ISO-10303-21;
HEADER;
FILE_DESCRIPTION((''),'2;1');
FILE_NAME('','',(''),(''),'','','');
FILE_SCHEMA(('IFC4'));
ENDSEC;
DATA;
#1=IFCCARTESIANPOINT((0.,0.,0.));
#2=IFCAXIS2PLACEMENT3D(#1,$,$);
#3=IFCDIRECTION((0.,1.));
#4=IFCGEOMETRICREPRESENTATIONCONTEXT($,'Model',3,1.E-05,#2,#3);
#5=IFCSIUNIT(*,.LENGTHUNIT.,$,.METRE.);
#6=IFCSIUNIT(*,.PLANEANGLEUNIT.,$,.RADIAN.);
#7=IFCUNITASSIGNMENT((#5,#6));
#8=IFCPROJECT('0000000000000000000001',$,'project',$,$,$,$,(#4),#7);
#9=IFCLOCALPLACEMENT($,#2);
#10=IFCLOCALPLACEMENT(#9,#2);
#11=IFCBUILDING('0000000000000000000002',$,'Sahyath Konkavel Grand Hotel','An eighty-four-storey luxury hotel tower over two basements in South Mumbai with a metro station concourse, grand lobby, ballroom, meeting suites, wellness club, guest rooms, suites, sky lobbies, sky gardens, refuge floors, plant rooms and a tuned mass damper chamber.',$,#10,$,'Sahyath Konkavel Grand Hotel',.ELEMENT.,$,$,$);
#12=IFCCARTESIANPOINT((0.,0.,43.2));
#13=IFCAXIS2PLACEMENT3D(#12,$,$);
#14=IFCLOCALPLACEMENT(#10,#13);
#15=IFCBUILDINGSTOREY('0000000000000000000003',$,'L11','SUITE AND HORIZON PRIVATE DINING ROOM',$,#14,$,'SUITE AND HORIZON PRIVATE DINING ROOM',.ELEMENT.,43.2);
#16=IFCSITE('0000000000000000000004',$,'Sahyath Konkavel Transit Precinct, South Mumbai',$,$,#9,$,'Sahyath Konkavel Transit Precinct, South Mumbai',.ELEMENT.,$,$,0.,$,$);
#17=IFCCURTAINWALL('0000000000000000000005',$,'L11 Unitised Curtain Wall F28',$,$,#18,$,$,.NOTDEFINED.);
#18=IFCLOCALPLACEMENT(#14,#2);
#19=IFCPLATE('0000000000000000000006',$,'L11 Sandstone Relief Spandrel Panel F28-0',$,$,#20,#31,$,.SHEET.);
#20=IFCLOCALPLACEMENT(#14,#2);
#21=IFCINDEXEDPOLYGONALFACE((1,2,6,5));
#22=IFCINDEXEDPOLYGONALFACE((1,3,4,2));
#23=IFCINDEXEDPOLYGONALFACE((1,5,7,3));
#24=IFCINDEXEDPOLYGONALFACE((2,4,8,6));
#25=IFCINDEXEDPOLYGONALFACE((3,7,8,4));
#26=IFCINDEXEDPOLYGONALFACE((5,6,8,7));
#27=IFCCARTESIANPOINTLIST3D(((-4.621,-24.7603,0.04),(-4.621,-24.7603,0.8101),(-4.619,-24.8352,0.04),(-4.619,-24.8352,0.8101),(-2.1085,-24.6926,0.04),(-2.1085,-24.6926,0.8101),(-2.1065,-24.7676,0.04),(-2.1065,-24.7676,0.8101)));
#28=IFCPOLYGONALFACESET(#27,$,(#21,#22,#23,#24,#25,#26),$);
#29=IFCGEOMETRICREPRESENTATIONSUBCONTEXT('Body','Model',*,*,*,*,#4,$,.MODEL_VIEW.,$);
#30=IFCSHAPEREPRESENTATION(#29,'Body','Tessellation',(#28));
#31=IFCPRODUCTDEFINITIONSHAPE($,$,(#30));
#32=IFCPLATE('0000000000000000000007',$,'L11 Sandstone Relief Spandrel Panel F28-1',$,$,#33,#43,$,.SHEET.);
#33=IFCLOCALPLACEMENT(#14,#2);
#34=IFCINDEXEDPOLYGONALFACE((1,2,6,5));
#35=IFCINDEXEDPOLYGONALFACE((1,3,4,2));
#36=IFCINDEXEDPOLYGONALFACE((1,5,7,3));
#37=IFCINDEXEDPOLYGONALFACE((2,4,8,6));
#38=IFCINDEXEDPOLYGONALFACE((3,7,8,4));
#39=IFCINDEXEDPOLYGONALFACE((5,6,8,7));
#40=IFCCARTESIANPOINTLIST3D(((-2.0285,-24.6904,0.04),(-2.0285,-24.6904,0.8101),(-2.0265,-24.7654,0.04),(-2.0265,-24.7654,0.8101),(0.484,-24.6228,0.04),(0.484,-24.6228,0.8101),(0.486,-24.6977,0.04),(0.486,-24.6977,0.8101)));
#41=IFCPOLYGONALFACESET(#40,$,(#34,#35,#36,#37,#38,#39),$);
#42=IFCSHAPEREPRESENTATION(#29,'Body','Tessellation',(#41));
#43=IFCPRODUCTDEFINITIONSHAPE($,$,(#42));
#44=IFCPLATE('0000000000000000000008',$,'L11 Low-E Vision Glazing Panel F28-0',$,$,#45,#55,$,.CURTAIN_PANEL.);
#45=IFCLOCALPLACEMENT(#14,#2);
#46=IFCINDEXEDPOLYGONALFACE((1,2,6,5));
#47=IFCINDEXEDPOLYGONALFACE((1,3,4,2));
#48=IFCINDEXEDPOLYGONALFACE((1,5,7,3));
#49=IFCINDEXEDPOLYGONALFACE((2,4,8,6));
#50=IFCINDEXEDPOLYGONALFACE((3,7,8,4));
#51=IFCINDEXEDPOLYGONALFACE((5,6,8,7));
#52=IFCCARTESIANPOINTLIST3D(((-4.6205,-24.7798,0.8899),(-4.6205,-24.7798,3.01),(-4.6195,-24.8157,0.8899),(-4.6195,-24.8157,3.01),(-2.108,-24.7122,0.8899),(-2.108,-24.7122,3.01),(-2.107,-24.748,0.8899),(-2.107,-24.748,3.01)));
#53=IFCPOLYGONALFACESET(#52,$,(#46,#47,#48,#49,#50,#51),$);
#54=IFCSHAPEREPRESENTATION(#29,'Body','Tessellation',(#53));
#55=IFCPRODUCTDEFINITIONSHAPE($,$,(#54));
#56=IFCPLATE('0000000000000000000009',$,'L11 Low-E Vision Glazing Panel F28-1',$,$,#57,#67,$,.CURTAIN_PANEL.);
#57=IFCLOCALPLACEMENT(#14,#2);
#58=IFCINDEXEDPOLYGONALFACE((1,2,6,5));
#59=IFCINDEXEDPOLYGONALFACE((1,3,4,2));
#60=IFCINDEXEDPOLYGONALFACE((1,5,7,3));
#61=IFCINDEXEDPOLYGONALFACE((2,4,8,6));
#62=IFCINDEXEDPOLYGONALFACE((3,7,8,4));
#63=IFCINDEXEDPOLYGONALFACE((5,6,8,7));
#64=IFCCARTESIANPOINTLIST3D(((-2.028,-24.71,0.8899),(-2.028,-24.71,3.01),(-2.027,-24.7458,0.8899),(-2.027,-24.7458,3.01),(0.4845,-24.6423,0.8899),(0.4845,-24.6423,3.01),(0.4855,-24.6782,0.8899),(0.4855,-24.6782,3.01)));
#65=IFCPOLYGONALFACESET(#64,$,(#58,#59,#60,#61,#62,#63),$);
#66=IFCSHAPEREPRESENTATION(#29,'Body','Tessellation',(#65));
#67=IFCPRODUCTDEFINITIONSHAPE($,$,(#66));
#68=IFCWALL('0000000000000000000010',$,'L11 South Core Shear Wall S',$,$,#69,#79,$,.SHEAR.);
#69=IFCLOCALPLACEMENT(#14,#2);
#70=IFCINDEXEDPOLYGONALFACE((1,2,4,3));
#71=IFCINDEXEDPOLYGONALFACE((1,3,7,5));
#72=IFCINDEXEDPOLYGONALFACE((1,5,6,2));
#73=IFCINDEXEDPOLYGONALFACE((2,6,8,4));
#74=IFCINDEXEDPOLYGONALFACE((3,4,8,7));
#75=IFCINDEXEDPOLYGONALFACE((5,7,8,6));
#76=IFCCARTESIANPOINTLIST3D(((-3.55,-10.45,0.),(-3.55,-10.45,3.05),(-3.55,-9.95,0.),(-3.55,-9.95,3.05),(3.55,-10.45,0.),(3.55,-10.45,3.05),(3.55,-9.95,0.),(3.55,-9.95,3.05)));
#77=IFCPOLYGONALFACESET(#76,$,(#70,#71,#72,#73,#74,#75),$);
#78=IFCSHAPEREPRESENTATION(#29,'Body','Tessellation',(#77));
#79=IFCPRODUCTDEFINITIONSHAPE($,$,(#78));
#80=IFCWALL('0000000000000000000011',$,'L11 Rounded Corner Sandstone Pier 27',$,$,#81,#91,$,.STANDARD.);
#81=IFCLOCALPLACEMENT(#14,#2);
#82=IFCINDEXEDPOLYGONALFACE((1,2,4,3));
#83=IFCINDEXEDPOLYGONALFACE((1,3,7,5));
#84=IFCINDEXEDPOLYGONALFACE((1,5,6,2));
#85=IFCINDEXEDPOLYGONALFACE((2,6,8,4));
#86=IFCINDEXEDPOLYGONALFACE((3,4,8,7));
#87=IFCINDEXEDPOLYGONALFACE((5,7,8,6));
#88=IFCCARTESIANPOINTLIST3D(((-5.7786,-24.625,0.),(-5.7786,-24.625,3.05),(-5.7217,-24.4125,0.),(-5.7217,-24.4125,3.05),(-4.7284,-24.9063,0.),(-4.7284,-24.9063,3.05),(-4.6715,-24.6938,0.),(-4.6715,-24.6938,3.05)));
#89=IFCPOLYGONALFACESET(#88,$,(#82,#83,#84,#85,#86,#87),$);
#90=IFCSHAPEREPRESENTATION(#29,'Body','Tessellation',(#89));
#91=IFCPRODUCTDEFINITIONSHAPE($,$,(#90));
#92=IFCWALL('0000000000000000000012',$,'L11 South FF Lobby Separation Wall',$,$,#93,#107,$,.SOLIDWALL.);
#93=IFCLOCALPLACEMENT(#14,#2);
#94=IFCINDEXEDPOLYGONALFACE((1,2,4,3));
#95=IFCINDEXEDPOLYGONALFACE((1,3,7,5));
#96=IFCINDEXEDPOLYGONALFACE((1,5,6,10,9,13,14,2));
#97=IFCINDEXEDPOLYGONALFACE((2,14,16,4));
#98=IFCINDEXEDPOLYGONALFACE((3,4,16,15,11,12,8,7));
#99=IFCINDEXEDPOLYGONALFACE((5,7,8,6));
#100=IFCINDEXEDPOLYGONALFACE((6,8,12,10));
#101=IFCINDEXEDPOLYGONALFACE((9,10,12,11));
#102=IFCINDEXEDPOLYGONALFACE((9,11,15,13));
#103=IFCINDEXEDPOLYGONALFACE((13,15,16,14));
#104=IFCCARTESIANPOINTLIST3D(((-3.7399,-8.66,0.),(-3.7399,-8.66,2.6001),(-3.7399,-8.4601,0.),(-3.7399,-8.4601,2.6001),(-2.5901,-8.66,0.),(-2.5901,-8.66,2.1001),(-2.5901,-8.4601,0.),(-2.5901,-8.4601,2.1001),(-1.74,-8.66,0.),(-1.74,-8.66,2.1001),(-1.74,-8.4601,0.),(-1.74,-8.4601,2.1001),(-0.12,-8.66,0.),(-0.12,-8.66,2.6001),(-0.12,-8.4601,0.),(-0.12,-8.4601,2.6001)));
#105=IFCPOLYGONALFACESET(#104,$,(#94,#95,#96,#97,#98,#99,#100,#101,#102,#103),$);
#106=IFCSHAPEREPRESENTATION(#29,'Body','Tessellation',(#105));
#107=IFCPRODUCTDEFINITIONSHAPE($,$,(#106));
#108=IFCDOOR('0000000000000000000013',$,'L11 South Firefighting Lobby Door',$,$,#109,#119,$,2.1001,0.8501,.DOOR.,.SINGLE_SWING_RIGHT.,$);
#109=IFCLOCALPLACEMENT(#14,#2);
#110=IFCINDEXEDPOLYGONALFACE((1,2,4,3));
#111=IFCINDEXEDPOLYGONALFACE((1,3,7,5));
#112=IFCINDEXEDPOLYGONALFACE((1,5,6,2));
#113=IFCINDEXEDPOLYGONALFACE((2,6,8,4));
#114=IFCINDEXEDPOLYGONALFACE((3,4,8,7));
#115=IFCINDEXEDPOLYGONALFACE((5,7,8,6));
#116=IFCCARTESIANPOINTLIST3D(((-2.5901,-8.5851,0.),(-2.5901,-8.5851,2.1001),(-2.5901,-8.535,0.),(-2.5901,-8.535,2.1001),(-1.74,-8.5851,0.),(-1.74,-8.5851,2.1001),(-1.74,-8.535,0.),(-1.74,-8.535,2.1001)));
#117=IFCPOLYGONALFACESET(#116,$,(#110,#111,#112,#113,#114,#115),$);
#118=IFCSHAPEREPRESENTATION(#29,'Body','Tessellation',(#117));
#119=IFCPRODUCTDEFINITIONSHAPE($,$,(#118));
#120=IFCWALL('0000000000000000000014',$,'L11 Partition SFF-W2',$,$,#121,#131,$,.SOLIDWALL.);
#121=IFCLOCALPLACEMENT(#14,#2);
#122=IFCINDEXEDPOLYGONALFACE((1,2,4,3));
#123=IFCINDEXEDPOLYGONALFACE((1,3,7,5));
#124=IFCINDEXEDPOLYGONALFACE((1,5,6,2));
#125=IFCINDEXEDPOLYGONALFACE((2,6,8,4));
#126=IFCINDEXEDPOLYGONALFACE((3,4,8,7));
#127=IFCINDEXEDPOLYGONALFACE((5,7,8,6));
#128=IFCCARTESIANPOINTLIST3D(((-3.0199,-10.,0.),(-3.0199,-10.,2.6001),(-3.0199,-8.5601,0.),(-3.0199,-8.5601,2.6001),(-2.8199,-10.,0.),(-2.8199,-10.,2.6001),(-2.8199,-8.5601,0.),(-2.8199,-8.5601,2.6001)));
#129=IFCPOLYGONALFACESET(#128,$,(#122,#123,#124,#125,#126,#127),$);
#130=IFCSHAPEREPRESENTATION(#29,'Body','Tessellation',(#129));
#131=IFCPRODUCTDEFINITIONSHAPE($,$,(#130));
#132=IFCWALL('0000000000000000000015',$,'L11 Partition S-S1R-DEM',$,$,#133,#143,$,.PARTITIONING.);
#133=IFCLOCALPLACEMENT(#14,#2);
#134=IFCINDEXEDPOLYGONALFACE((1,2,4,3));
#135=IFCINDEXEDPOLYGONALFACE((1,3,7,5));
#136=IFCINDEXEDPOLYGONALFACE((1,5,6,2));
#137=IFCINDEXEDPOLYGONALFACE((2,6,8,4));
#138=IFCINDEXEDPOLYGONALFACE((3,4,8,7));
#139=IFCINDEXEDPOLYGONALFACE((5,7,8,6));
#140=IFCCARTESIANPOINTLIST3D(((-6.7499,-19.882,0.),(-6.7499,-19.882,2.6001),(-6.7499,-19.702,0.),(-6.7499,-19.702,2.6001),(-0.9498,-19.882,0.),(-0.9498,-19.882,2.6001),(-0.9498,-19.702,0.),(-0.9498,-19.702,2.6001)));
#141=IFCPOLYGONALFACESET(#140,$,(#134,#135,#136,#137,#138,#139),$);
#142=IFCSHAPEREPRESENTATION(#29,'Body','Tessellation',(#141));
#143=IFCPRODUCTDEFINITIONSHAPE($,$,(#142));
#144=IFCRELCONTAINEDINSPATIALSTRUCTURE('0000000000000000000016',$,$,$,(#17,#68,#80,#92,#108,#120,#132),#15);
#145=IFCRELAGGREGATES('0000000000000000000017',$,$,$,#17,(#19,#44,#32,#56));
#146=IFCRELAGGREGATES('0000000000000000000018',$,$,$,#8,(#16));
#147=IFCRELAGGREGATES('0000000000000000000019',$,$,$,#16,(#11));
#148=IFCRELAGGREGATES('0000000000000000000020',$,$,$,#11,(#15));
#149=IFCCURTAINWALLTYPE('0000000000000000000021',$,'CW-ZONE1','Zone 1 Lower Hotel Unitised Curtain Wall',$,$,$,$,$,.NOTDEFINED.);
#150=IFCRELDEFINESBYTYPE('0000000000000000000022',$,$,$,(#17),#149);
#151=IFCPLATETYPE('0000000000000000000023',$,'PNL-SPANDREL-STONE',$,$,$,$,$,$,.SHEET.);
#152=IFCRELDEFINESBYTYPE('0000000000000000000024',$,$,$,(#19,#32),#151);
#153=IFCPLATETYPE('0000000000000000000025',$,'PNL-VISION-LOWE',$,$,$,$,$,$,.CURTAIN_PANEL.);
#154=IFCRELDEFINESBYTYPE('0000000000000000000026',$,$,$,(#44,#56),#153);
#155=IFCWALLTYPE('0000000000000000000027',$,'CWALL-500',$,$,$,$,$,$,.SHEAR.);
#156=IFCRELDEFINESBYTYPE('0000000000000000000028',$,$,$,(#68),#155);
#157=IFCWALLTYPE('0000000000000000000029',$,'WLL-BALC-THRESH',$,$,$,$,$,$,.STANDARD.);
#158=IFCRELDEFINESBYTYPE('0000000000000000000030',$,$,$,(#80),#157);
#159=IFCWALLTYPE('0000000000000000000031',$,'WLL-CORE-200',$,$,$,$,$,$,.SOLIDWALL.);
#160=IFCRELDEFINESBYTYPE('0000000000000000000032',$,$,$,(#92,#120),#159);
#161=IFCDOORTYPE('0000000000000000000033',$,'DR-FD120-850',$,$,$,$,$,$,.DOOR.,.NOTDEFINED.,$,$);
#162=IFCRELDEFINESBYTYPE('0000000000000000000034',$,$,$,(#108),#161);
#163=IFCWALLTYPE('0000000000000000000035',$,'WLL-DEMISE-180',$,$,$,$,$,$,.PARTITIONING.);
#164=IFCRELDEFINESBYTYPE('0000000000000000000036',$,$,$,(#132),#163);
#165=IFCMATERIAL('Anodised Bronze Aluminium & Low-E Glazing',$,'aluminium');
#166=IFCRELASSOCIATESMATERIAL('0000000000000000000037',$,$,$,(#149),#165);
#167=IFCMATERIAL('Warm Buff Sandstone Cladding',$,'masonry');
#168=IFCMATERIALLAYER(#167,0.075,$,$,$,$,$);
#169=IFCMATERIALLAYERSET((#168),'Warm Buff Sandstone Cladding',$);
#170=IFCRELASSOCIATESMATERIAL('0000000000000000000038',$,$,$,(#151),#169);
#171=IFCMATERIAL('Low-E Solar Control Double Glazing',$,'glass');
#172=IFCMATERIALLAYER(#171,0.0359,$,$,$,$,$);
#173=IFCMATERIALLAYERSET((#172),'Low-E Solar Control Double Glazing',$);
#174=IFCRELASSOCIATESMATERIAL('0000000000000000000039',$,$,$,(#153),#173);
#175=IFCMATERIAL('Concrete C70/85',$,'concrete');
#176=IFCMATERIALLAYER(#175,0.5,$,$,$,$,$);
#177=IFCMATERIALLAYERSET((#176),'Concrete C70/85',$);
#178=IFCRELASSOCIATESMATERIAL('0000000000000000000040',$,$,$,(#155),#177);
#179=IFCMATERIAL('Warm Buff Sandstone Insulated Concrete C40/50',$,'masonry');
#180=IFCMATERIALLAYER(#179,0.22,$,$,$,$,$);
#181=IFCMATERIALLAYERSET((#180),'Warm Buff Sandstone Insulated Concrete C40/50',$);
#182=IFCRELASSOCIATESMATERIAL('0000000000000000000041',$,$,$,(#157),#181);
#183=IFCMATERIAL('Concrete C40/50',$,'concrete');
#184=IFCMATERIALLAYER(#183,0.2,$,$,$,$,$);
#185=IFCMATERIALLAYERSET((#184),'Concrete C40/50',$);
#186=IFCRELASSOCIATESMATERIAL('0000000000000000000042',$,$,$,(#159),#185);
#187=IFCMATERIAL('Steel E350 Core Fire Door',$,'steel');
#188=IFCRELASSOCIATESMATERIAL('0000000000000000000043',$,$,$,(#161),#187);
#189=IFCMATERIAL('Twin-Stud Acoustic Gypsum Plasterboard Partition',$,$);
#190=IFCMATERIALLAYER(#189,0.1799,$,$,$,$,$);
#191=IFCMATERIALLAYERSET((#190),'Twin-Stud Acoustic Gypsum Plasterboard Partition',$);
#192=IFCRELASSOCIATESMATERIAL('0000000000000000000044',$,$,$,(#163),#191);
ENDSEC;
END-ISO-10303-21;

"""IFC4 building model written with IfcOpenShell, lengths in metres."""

from ifc_helpers import new_model, si_unit, direction, frame, frame_2d, origin, origin_2d, place, context, subcontext, project, spatial, rectangle, extrude, source, transform, mapped, material, layer, layer_set, type_object, element, fill, aggregate, save


model = new_model("IFC4")

# Units and contexts
model_context = context("Model", 3, precision=1e-05, world=origin(), true_north=direction((0.0, 1.0)))
body_context = subcontext(model_context, "Body", "Model", "MODEL_VIEW")
ifc_project = project(units=[si_unit("LENGTHUNIT", "METRE"), si_unit("PLANEANGLEUNIT", "RADIAN")], contexts=[model_context])

# Site, building, storey
site_placement = place(None, origin())
site = spatial("IfcSite", under=ifc_project, at=site_placement, Name="Sahyath Konkavel Transit Precinct, South Mumbai", LongName="Sahyath Konkavel Transit Precinct, South Mumbai", CompositionType="ELEMENT", RefElevation=0.0)
building_placement = place(site_placement, origin())
building = spatial("IfcBuilding", under=site, at=building_placement, Name="Sahyath Konkavel Grand Hotel", Description="An eighty-four-storey luxury hotel tower over two basements in South Mumbai with a metro station concourse, grand lobby, ballroom, meeting suites, wellness club, guest rooms, suites, sky lobbies, sky gardens, refuge floors, plant rooms and a tuned mass damper chamber.", LongName="Sahyath Konkavel Grand Hotel", CompositionType="ELEMENT")
storey_placement = place(building_placement, frame((0.0, 0.0, 43.2)))
storey = spatial("IfcBuildingStorey", under=building, at=storey_placement, Name="L11", Description="SUITE AND HORIZON PRIVATE DINING ROOM", LongName="SUITE AND HORIZON PRIVATE DINING ROOM", CompositionType="ELEMENT", Elevation=43.2)

# Shared definitions
ifc_material_1 = material(Name="Concrete C70/85", Category="concrete")

# Curtain wall, plates
ifc_material_2 = material(Name="Anodised Bronze Aluminium & Low-E Glazing", Category="aluminium")
curtain_wall_type = type_object("IfcCurtainWallType", Name="CW-ZONE1", Description="Zone 1 Lower Hotel Unitised Curtain Wall", PredefinedType="NOTDEFINED", material=ifc_material_2)
curtain_wall_placement = place(storey_placement, origin())
curtain_wall = element("IfcCurtainWall", 1, at=curtain_wall_placement, inside=storey, type_object=curtain_wall_type, Name="L11 Unitised Curtain Wall F28", PredefinedType="NOTDEFINED")
ifc_material_3 = material(Name="Warm Buff Sandstone Cladding", Category="masonry")
ifc_layer_1 = layer(ifc_material_3, 0.075)
ifc_layer_set_1 = layer_set([ifc_layer_1], Name="Warm Buff Sandstone Cladding")
plate_type_1 = type_object("IfcPlateType", Name="PNL-SPANDREL-STONE", PredefinedType="SHEET", material=ifc_layer_set_1)
shared_shape_1 = source(origin(), body_context, "Body", "SweptSolid", [
    extrude(rectangle(XDim=2.5134, YDim=0.075, at=origin_2d()), origin(), (0.0, 0.0, 1.0), 0.77),
])
plate_1_placement = place(storey_placement, frame((-3.3638, -24.7639, 0.04), z_axis=(0.0, 0.0, 1.0), x_axis=(0.999638, 0.02691, 0.0)))
plate_1 = element("IfcPlate", 2, at=plate_1_placement, type_object=plate_type_1, Name="L11 Sandstone Relief Spandrel Panel F28-0", PredefinedType="SHEET", context=body_context, shape_type="MappedRepresentation", body=[
    mapped(shared_shape_1, transform((0.0, 0.0, 0.0), scale=1.0)),
])
plate_2_placement = place(storey_placement, frame((-0.7712, -24.6941, 0.04), z_axis=(0.0, 0.0, 1.0), x_axis=(0.999638, 0.02691, 0.0)))
plate_2 = element("IfcPlate", 3, at=plate_2_placement, type_object=plate_type_1, Name="L11 Sandstone Relief Spandrel Panel F28-1", PredefinedType="SHEET", context=body_context, shape_type="MappedRepresentation", body=[
    mapped(shared_shape_1, transform((0.0, 0.0, 0.0), scale=1.0)),
])
ifc_material_4 = material(Name="Low-E Solar Control Double Glazing", Category="glass")
ifc_layer_2 = layer(ifc_material_4, 0.0359)
ifc_layer_set_2 = layer_set([ifc_layer_2], Name="Low-E Solar Control Double Glazing")
plate_type_2 = type_object("IfcPlateType", Name="PNL-VISION-LOWE", PredefinedType="CURTAIN_PANEL", material=ifc_layer_set_2)
shared_shape_2 = source(origin(), body_context, "Body", "SweptSolid", [
    extrude(rectangle(XDim=2.5134, YDim=0.0359, at=origin_2d()), origin(), (0.0, 0.0, 1.0), 2.1201),
])
plate_3_placement = place(storey_placement, frame((-3.3638, -24.7639, 0.8899), z_axis=(0.0, 0.0, 1.0), x_axis=(0.999638, 0.02691, 0.0)))
plate_3 = element("IfcPlate", 4, at=plate_3_placement, type_object=plate_type_2, Name="L11 Low-E Vision Glazing Panel F28-0", PredefinedType="CURTAIN_PANEL", context=body_context, shape_type="MappedRepresentation", body=[
    mapped(shared_shape_2, transform((0.0, 0.0, 0.0), scale=1.0)),
])
plate_4_placement = place(storey_placement, frame((-0.7712, -24.6941, 0.8899), z_axis=(0.0, 0.0, 1.0), x_axis=(0.999638, 0.02691, 0.0)))
plate_4 = element("IfcPlate", 5, at=plate_4_placement, type_object=plate_type_2, Name="L11 Low-E Vision Glazing Panel F28-1", PredefinedType="CURTAIN_PANEL", context=body_context, shape_type="MappedRepresentation", body=[
    mapped(shared_shape_2, transform((0.0, 0.0, 0.0), scale=1.0)),
])
aggregate(curtain_wall, [plate_1, plate_3, plate_2, plate_4])

# Walls
ifc_layer_3 = layer(ifc_material_1, 0.5)
ifc_layer_set_3 = layer_set([ifc_layer_3], Name="Concrete C70/85")
wall_type_1 = type_object("IfcWallType", Name="CWALL-500", PredefinedType="SHEAR", material=ifc_layer_set_3)
wall_1_placement = place(storey_placement, frame((-3.55, -10.2, 0.0), z_axis=(0.0, 0.0, 1.0), x_axis=(1.0, 0.0, 0.0)))
element("IfcWall", 6, at=wall_1_placement, inside=storey, type_object=wall_type_1, Name="L11 South Core Shear Wall S", PredefinedType="SHEAR", context=body_context, shape_type="SweptSolid", body=[
    extrude(rectangle(XDim=7.1001, YDim=0.5, at=frame_2d((3.55, 0.0))), origin(), (0.0, 0.0, 1.0), 3.05),
])
ifc_material_5 = material(Name="Warm Buff Sandstone Insulated Concrete C40/50", Category="masonry")
ifc_layer_4 = layer(ifc_material_5, 0.22)
ifc_layer_set_4 = layer_set([ifc_layer_4], Name="Warm Buff Sandstone Insulated Concrete C40/50")
wall_type_2 = type_object("IfcWallType", Name="WLL-BALC-THRESH", PredefinedType="STANDARD", material=ifc_layer_set_4)
wall_2_placement = place(storey_placement, frame((-5.75, -24.5188, 0.0), z_axis=(0.0, 0.0, 1.0), x_axis=(0.965951, -0.258725, 0.0)))
element("IfcWall", 7, at=wall_2_placement, inside=storey, type_object=wall_type_2, Name="L11 Rounded Corner Sandstone Pier 27", PredefinedType="STANDARD", context=body_context, shape_type="SweptSolid", body=[
    extrude(rectangle(XDim=1.0872, YDim=0.22, at=frame_2d((0.5435, 0.0))), origin(), (0.0, 0.0, 1.0), 3.05),
])

# Wall, opening, door
ifc_material_6 = material(Name="Concrete C40/50", Category="concrete")
ifc_layer_5 = layer(ifc_material_6, 0.2)
ifc_layer_set_5 = layer_set([ifc_layer_5], Name="Concrete C40/50")
wall_type_3 = type_object("IfcWallType", Name="WLL-CORE-200", PredefinedType="SOLIDWALL", material=ifc_layer_set_5)
wall_3_placement = place(storey_placement, frame((-3.74, -8.5601, 0.0), z_axis=(0.0, 0.0, 1.0), x_axis=(1.0, 0.0, 0.0)))
wall_3 = element("IfcWall", 8, at=wall_3_placement, inside=storey, type_object=wall_type_3, Name="L11 South FF Lobby Separation Wall", PredefinedType="SOLIDWALL", context=body_context, shape_type="SweptSolid", body=[
    extrude(rectangle(XDim=3.6199, YDim=0.2, at=frame_2d((1.8101, 0.0))), origin(), (0.0, 0.0, 1.0), 2.6001),
])
opening_1_placement = place(wall_3_placement, frame((1.1499, 0.0, 0.0)))
opening_1 = element("IfcOpeningElement", 9, at=opening_1_placement, cuts=wall_3, PredefinedType="OPENING", context=body_context, shape_type="SweptSolid", body=[
    extrude(rectangle(XDim=0.8501, YDim=2.1001, at=frame_2d((0.425, 1.05))), frame((0.0, 0.1099, 0.0), z_axis=(0.0, -1.0, 0.0), x_axis=(1.0, 0.0, 0.0)), (0.0, 0.0, 1.0), 0.22),
])
ifc_material_7 = material(Name="Steel E350 Core Fire Door", Category="steel")
door_type_1 = type_object("IfcDoorType", Name="DR-FD120-850", OperationType="NOTDEFINED", PredefinedType="DOOR", material=ifc_material_7)
shared_shape_3 = source(origin(), body_context, "Body", "SweptSolid", [
    extrude(rectangle(XDim=0.8501, YDim=0.05, at=origin_2d()), origin(), (0.0, 0.0, 1.0), 2.1001),
])
door_1_placement = place(opening_1_placement, frame((0.425, 0.0, 0.0)))
door_1 = element("IfcDoor", 10, at=door_1_placement, inside=storey, type_object=door_type_1, Name="L11 South Firefighting Lobby Door", OperationType="SINGLE_SWING_RIGHT", OverallHeight=2.1001, OverallWidth=0.8501, PredefinedType="DOOR", context=body_context, shape_type="MappedRepresentation", body=[
    mapped(shared_shape_3, transform((0.0, 0.0, 0.0), scale=1.0)),
])
fill(opening_1, door_1)

# Walls
wall_4_placement = place(storey_placement, frame((-2.9199, -10.0, 0.0), z_axis=(0.0, 0.0, 1.0), x_axis=(0.0, 1.0, 0.0)))
element("IfcWall", 11, at=wall_4_placement, inside=storey, type_object=wall_type_3, Name="L11 Partition SFF-W2", PredefinedType="SOLIDWALL", context=body_context, shape_type="SweptSolid", body=[
    extrude(rectangle(XDim=1.4399, YDim=0.2, at=frame_2d((0.72, 0.0))), origin(), (0.0, 0.0, 1.0), 2.6001),
])
ifc_material_8 = material(Name="Twin-Stud Acoustic Gypsum Plasterboard Partition")
ifc_layer_6 = layer(ifc_material_8, 0.1799)
ifc_layer_set_6 = layer_set([ifc_layer_6], Name="Twin-Stud Acoustic Gypsum Plasterboard Partition")
wall_type_4 = type_object("IfcWallType", Name="WLL-DEMISE-180", PredefinedType="PARTITIONING", material=ifc_layer_set_6)
wall_5_placement = place(storey_placement, frame((-0.95, -19.792, 0.0), z_axis=(0.0, 0.0, 1.0), x_axis=(-1.0, 0.0, 0.0)))
element("IfcWall", 12, at=wall_5_placement, inside=storey, type_object=wall_type_4, Name="L11 Partition S-S1R-DEM", PredefinedType="PARTITIONING", context=body_context, shape_type="SweptSolid", body=[
    extrude(rectangle(XDim=5.8, YDim=0.1799, at=frame_2d((2.8999, 0.0))), origin(), (0.0, 0.0, 1.0), 2.6001),
])

save(model, "model.ifc")
